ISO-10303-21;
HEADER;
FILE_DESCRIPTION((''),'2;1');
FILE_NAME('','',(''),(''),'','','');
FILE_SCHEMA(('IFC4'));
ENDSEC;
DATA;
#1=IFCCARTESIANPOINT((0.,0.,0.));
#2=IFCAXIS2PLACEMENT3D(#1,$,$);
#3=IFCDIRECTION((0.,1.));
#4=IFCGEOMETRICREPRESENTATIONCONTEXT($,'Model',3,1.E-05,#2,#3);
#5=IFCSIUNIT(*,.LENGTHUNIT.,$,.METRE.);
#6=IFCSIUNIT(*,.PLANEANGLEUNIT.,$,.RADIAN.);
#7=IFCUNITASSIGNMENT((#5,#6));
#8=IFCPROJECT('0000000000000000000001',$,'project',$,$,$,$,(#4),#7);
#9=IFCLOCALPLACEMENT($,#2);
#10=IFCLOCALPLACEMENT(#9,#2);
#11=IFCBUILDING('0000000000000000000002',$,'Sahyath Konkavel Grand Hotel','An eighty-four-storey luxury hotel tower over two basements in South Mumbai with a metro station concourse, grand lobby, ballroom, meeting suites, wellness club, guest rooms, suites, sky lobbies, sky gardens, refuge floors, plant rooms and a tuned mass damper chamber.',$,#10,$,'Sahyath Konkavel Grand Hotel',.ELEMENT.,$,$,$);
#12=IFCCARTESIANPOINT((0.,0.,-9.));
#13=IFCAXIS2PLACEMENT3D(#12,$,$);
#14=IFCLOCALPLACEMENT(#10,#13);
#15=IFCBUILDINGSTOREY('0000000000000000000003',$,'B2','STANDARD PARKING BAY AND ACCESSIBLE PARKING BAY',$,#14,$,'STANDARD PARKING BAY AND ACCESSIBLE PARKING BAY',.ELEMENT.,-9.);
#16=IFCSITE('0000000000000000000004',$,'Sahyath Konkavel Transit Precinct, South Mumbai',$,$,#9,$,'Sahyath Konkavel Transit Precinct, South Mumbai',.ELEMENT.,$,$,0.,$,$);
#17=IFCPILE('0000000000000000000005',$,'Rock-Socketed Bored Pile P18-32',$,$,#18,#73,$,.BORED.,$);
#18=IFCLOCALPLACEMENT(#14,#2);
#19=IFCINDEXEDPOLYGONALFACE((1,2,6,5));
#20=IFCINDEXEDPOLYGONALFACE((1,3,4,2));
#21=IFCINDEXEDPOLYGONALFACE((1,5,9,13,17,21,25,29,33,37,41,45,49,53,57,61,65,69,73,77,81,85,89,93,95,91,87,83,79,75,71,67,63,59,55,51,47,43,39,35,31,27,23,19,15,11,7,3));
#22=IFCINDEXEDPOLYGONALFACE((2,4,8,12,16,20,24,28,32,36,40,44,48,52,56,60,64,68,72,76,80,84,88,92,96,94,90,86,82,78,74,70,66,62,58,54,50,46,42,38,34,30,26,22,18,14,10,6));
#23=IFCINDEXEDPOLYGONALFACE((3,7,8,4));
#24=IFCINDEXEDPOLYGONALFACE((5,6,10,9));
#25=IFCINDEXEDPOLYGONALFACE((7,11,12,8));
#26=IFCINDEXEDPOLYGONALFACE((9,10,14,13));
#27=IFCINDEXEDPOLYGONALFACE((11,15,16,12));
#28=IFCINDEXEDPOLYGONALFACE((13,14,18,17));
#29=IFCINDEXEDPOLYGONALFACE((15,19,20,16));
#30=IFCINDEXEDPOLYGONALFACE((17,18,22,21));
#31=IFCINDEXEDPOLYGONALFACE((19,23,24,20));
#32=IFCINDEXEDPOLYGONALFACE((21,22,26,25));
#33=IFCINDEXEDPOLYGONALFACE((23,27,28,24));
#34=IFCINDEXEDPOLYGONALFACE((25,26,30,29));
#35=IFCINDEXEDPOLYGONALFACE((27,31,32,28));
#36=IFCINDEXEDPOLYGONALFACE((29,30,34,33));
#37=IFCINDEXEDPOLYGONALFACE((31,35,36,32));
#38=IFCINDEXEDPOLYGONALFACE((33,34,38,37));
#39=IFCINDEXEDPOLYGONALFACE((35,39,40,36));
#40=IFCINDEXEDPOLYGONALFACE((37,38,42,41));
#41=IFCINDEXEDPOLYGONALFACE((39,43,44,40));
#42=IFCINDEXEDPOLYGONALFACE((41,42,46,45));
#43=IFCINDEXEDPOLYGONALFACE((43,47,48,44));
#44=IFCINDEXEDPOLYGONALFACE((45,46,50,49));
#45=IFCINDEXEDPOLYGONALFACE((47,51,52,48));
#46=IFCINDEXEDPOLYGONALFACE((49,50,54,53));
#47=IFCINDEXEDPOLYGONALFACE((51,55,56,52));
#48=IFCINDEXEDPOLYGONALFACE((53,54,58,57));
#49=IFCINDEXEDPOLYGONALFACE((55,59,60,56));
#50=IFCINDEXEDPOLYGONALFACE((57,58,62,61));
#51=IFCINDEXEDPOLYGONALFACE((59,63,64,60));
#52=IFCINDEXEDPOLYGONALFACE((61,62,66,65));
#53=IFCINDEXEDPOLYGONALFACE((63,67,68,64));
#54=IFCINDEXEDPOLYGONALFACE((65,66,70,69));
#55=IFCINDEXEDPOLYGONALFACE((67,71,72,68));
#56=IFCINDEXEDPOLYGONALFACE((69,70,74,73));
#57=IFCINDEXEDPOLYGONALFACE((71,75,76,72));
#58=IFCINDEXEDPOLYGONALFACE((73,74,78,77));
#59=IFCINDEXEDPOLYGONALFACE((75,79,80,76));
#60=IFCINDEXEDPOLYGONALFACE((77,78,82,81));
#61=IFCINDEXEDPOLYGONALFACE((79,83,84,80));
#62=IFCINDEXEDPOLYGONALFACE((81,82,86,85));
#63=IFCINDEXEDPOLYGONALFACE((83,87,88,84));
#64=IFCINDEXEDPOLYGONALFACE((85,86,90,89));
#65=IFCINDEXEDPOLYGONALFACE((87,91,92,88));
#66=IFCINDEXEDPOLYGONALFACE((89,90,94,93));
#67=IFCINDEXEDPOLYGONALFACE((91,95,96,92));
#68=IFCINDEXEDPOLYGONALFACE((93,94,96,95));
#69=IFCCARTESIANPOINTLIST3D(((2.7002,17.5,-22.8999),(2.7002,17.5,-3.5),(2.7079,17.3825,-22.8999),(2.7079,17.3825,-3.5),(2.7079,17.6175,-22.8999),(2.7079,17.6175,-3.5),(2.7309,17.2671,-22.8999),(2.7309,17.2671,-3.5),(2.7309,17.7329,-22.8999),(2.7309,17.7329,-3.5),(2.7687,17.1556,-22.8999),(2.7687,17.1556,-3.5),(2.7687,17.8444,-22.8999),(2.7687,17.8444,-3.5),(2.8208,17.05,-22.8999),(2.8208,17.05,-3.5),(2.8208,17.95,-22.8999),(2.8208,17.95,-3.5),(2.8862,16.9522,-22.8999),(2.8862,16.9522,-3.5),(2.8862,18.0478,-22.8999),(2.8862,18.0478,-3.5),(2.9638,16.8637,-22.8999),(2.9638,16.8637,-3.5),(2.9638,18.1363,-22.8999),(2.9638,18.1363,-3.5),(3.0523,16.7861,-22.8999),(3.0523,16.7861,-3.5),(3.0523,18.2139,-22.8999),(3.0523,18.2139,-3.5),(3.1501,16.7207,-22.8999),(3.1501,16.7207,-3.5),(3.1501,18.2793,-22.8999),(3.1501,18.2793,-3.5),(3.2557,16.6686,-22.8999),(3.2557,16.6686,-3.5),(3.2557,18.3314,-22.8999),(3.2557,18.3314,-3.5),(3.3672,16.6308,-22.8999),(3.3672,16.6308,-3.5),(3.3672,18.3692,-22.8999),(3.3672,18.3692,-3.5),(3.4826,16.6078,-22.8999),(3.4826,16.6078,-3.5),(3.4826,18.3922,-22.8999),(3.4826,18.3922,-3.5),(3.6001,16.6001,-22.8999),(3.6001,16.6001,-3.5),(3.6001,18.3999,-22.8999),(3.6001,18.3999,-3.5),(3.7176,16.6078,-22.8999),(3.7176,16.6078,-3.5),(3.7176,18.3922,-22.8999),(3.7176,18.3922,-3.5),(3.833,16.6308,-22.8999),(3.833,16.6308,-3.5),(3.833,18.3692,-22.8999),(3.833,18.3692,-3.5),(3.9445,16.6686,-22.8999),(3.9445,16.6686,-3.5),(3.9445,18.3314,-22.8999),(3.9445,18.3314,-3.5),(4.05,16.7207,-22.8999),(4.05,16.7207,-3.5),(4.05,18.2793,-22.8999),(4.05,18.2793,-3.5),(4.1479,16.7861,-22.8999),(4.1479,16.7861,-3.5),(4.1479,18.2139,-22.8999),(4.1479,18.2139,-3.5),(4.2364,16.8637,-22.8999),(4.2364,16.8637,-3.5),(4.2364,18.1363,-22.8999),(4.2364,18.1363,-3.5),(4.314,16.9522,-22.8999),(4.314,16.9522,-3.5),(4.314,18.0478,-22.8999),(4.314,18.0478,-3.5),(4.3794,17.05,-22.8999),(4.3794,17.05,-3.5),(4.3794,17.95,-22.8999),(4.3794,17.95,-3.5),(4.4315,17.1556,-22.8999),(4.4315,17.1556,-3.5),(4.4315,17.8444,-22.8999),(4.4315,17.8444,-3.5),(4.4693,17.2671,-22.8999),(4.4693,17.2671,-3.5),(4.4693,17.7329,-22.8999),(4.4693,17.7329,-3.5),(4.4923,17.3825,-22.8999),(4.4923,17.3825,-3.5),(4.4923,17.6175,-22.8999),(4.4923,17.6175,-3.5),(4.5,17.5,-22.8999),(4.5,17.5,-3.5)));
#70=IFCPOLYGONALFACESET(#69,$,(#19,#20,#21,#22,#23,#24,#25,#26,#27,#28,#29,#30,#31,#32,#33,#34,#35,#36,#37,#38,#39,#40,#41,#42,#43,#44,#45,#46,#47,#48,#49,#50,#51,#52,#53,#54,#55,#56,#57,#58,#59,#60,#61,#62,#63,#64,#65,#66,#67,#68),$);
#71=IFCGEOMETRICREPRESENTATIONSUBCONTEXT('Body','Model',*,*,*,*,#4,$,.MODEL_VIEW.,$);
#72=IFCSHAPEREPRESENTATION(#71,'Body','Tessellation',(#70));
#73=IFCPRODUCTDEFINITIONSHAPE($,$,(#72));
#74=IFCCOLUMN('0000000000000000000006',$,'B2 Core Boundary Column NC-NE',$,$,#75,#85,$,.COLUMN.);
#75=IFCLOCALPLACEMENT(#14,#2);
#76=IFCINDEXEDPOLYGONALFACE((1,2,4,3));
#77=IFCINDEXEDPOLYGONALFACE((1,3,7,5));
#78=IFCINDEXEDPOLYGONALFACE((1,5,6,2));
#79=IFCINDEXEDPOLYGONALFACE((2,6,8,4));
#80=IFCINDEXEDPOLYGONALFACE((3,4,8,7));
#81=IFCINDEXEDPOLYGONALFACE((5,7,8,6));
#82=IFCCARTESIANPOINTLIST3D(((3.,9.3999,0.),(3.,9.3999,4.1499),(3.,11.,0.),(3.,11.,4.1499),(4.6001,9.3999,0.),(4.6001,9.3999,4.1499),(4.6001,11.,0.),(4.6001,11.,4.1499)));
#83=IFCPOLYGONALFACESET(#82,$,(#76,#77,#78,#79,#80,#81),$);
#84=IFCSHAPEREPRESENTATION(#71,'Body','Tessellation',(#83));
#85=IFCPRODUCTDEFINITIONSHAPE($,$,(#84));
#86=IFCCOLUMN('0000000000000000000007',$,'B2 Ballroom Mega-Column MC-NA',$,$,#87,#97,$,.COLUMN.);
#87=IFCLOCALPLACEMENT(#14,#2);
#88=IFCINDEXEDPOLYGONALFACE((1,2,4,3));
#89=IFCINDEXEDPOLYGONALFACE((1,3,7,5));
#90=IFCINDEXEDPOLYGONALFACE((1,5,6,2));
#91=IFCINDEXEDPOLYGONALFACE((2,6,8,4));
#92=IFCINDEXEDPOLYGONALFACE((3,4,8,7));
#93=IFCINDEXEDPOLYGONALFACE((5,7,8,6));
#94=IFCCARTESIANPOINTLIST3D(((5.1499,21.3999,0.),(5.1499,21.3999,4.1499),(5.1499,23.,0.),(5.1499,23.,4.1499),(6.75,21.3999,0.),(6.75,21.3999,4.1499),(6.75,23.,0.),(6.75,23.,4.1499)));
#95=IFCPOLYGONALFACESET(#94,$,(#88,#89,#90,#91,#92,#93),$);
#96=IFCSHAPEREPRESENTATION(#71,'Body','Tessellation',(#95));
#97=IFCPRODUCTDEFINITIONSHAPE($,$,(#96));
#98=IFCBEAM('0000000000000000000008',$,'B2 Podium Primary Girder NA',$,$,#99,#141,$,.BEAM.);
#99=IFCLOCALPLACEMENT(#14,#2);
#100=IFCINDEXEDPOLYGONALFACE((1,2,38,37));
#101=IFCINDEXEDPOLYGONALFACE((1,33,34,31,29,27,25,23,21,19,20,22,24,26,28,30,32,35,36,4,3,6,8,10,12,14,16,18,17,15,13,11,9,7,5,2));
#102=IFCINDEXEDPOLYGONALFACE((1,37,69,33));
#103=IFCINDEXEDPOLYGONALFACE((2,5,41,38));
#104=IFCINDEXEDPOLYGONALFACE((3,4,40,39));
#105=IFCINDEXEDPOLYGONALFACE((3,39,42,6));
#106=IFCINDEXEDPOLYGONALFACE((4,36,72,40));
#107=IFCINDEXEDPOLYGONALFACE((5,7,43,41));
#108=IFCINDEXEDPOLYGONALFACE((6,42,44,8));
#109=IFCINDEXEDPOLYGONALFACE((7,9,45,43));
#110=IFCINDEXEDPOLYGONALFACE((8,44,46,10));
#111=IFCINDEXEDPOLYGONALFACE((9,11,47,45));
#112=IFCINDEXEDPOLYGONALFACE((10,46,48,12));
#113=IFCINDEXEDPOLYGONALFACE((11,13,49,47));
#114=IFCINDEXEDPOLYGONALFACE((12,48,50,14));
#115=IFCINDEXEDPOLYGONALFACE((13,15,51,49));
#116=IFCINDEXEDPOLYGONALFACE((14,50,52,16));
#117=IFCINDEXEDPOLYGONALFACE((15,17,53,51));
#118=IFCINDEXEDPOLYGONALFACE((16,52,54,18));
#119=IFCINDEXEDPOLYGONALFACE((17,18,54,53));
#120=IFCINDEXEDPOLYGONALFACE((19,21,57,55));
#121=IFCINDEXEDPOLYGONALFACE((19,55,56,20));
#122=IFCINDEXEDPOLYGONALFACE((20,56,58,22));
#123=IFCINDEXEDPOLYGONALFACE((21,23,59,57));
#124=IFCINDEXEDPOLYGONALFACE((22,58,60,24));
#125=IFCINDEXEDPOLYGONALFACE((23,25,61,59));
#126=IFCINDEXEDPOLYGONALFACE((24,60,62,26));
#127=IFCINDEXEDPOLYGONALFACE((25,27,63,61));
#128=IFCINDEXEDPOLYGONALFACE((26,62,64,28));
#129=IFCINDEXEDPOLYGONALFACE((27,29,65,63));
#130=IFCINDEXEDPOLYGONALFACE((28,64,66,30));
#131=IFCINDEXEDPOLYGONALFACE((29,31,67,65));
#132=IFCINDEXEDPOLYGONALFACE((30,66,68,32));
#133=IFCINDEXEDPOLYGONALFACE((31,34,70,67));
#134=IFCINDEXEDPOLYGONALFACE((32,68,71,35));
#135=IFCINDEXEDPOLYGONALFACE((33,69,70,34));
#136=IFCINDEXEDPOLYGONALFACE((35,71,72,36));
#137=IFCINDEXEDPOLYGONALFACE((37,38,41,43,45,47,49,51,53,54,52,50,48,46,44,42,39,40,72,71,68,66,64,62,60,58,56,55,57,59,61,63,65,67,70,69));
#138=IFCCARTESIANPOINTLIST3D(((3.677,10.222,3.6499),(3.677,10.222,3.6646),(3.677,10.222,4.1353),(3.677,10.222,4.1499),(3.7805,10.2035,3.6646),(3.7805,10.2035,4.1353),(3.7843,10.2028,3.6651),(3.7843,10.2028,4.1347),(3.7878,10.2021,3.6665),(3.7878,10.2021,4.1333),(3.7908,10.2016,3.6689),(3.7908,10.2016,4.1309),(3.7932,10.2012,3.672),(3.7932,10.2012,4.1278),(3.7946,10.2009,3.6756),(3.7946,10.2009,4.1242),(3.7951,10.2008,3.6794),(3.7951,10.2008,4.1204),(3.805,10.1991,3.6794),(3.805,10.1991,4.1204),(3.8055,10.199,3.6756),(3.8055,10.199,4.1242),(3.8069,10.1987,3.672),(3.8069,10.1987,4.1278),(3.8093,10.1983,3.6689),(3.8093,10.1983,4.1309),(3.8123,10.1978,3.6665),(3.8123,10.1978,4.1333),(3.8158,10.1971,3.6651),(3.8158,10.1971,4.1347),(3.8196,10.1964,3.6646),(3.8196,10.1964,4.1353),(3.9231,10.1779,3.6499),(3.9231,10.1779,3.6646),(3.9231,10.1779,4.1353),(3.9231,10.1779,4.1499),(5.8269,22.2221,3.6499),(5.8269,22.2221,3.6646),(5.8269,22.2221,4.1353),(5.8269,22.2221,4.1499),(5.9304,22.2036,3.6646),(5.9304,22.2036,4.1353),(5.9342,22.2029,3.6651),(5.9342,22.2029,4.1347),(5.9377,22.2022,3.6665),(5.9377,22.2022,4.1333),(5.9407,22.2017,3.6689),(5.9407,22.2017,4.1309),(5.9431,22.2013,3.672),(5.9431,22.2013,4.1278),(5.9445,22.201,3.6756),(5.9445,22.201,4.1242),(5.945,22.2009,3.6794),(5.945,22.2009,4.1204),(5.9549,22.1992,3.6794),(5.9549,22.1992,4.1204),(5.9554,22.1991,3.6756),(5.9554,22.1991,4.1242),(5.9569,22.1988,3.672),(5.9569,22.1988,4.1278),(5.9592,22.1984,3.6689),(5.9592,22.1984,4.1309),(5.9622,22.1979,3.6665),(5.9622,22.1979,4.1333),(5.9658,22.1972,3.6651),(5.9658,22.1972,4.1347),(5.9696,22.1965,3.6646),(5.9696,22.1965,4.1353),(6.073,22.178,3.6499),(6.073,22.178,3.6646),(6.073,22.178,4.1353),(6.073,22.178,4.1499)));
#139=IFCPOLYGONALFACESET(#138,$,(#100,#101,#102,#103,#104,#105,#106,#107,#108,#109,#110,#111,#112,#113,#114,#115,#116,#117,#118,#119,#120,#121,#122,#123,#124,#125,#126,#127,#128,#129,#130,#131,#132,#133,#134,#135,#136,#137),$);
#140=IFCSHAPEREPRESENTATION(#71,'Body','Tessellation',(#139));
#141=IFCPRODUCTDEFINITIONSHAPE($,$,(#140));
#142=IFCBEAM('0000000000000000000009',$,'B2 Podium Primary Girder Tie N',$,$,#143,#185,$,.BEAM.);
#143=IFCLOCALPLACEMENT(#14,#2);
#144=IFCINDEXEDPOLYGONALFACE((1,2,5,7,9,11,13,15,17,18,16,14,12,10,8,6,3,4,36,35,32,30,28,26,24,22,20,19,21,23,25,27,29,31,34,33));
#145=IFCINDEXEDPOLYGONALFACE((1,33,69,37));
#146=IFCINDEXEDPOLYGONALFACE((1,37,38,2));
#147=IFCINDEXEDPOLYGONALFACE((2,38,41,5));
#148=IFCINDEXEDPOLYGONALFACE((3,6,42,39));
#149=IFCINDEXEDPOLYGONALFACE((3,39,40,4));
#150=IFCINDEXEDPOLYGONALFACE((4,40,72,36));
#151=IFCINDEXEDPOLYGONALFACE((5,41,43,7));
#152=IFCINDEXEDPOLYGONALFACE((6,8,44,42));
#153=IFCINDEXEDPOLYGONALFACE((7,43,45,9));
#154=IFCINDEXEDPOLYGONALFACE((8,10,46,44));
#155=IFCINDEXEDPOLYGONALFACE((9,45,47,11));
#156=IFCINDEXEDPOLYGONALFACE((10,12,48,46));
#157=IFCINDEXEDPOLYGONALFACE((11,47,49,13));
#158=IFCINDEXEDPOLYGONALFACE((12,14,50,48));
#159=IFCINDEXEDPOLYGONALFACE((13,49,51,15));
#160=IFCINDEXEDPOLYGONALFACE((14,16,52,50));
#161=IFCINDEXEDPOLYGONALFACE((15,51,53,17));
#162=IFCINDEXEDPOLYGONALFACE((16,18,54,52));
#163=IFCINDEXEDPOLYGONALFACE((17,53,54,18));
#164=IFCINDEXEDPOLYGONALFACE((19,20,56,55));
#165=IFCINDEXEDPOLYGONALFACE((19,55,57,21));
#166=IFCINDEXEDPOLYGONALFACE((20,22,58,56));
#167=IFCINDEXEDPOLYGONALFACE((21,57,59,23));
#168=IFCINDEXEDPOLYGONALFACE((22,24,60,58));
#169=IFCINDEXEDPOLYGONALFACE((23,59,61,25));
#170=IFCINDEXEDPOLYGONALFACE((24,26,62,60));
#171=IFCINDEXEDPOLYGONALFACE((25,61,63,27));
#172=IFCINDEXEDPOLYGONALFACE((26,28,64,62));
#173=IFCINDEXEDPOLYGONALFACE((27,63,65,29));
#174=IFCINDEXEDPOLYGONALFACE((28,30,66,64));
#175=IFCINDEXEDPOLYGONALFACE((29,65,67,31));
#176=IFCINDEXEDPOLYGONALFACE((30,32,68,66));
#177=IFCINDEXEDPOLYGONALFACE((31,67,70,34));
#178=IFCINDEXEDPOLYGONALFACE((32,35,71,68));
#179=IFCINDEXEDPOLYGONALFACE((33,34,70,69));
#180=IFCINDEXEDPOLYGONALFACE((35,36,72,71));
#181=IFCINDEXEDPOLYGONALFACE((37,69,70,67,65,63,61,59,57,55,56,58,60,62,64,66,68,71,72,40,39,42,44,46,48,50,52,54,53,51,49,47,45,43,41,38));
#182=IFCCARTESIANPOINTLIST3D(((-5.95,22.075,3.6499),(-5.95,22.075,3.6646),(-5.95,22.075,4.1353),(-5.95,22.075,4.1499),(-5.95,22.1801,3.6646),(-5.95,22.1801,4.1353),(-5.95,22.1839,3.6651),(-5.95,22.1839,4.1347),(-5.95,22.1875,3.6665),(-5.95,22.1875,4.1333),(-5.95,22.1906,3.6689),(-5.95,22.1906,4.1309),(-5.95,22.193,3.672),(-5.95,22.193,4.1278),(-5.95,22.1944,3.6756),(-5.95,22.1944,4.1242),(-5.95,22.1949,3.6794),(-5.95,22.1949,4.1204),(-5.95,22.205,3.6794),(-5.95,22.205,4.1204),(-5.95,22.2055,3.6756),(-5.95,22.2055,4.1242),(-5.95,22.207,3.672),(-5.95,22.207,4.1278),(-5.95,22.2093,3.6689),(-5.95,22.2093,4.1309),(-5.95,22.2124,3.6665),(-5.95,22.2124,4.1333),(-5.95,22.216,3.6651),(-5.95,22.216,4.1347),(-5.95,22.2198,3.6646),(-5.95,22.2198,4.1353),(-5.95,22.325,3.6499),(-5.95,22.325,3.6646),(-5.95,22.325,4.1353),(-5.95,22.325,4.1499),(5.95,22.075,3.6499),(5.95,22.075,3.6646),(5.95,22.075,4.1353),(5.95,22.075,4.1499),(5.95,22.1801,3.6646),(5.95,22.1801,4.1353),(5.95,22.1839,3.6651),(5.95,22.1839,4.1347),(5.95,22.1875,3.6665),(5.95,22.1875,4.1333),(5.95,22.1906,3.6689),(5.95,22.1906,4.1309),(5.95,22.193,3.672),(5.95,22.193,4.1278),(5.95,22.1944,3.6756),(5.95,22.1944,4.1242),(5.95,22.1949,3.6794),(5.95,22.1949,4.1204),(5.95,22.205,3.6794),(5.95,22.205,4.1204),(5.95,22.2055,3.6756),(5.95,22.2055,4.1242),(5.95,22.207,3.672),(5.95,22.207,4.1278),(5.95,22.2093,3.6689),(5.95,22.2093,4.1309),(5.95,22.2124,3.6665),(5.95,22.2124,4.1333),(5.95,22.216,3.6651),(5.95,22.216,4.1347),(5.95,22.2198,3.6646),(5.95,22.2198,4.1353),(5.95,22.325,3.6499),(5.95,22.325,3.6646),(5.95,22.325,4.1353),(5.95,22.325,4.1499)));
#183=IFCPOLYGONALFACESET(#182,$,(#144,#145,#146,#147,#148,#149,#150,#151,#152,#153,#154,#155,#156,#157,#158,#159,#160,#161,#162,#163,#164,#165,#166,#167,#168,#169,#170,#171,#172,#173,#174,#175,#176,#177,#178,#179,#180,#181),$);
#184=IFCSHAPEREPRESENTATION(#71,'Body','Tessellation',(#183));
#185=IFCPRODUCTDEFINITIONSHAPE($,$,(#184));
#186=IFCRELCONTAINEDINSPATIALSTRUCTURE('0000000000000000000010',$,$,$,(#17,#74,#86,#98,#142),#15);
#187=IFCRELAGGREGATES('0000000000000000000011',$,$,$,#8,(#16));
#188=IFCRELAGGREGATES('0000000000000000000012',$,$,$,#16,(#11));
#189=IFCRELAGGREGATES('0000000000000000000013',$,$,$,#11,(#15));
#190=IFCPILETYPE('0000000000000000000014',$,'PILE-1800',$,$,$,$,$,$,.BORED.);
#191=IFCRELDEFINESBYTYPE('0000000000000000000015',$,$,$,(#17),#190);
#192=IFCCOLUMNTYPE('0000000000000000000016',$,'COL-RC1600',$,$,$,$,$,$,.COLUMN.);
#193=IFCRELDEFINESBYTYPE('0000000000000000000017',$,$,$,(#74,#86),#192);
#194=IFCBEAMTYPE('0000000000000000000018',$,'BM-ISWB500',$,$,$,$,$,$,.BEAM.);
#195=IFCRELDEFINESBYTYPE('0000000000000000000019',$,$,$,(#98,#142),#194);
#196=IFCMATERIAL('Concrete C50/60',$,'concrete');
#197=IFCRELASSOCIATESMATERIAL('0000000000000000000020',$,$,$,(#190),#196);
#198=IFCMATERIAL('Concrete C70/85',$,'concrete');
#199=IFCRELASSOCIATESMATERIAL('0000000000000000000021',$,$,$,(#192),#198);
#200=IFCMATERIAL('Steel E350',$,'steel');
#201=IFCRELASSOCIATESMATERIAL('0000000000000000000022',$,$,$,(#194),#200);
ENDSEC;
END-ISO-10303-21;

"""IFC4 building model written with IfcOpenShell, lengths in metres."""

from ifc_helpers import new_model, si_unit, direction, frame, origin, origin_2d, place, context, subcontext, project, spatial, rectangle, circle, i_section, extrude, source, transform, mapped, material, material_profile, profile_set, type_object, element, save


model = new_model("IFC4")

# Units and contexts
model_context = context("Model", 3, precision=1e-05, world=origin(), true_north=direction((0.0, 1.0)))
body_context = subcontext(model_context, "Body", "Model", "MODEL_VIEW")
ifc_project = project(units=[si_unit("LENGTHUNIT", "METRE"), si_unit("PLANEANGLEUNIT", "RADIAN")], contexts=[model_context])

# Site, building, storey
site_placement = place(None, origin())
site = spatial("IfcSite", under=ifc_project, at=site_placement, Name="Sahyath Konkavel Transit Precinct, South Mumbai", LongName="Sahyath Konkavel Transit Precinct, South Mumbai", CompositionType="ELEMENT", RefElevation=0.0)
building_placement = place(site_placement, origin())
building = spatial("IfcBuilding", under=site, at=building_placement, Name="Sahyath Konkavel Grand Hotel", Description="An eighty-four-storey luxury hotel tower over two basements in South Mumbai with a metro station concourse, grand lobby, ballroom, meeting suites, wellness club, guest rooms, suites, sky lobbies, sky gardens, refuge floors, plant rooms and a tuned mass damper chamber.", LongName="Sahyath Konkavel Grand Hotel", CompositionType="ELEMENT")
storey_placement = place(building_placement, frame((0.0, 0.0, -9.0)))
storey = spatial("IfcBuildingStorey", under=building, at=storey_placement, Name="B2", Description="STANDARD PARKING BAY AND ACCESSIBLE PARKING BAY", LongName="STANDARD PARKING BAY AND ACCESSIBLE PARKING BAY", CompositionType="ELEMENT", Elevation=-9.0)

# Pile
ifc_material_1 = material(Name="Concrete C50/60", Category="concrete")
ifc_material_profile_1 = material_profile(ifc_material_1, circle(Radius=0.8999, at=origin_2d()), Name="PILE D1800")
ifc_profile_set_1 = profile_set([ifc_material_profile_1], Name="Concrete C50/60")
pile_type_1 = type_object("IfcPileType", Name="PILE-1800", PredefinedType="BORED", material=ifc_profile_set_1)
for number, where, z_axis, x_axis, name in (
    (1, (3.6001, 17.5, -3.5), (0.0, 0.0, -1.0), (1.0, 0.0, 0.0), "Rock-Socketed Bored Pile P18-32"),
):
    element("IfcPile", number, at=place(storey_placement, frame(where, z_axis=z_axis, x_axis=x_axis)), inside=storey, type_object=pile_type_1, Name=name, PredefinedType="BORED", context=body_context, shape_type="SweptSolid", body=[
        extrude(circle(Radius=0.8999, at=origin_2d()), origin(), (0.0, 0.0, 1.0), 19.3999),
    ])

# Columns
ifc_material_2 = material(Name="Concrete C70/85", Category="concrete")
ifc_material_profile_2 = material_profile(ifc_material_2, rectangle(XDim=1.6001, YDim=1.6001, at=origin_2d()), Name="RC 1600x1600")
ifc_profile_set_2 = profile_set([ifc_material_profile_2], Name="Concrete C70/85")
column_type = type_object("IfcColumnType", Name="COL-RC1600", PredefinedType="COLUMN", material=ifc_profile_set_2)
shared_shape_1 = source(origin(), body_context, "Body", "SweptSolid", [
    extrude(rectangle(XDim=1.6001, YDim=1.6001, at=origin_2d()), origin(), (0.0, 0.0, 1.0), 4.1499),
])
for number, where, z_axis, x_axis, name in (
    (2, (3.8, 10.2, 0.0), (0.0, 0.0, 1.0), (1.0, 0.0, 0.0), "B2 Core Boundary Column NC-NE"),
    (3, (5.95, 22.2, 0.0), (0.0, 0.0, 1.0), (1.0, 0.0, 0.0), "B2 Ballroom Mega-Column MC-NA"),
):
    element("IfcColumn", number, at=place(storey_placement, frame(where, z_axis=z_axis, x_axis=x_axis)), inside=storey, type_object=column_type, Name=name, PredefinedType="COLUMN", context=body_context, shape_type="MappedRepresentation", body=[
        mapped(shared_shape_1, transform((0.0, 0.0, 0.0), scale=1.0)),
    ])

# Beams
ifc_material_3 = material(Name="Steel E350", Category="steel")
ifc_material_profile_3 = material_profile(ifc_material_3, i_section(OverallWidth=0.25, OverallDepth=0.5, WebThickness=0.01, FlangeThickness=0.0146, FilletRadius=0.0149, at=origin_2d()), Name="ISWB 500")
ifc_profile_set_3 = profile_set([ifc_material_profile_3], Name="Steel E350")
beam_type_1 = type_object("IfcBeamType", Name="BM-ISWB500", PredefinedType="BEAM", material=ifc_profile_set_3)
shared_shape_2 = source(origin(), body_context, "Body", "SweptSolid", [
    extrude(i_section(OverallWidth=0.25, OverallDepth=0.5, WebThickness=0.01, FlangeThickness=0.0146, FilletRadius=0.0149, at=origin_2d()), origin(), (0.0, 0.0, 1.0), 12.1912),
])
beam_1_placement = place(storey_placement, frame((3.8, 10.2, 3.8999), z_axis=(0.176351, 0.984327, 0.0), x_axis=(-0.984327, 0.176351, 0.0)))
element("IfcBeam", 4, at=beam_1_placement, inside=storey, type_object=beam_type_1, Name="B2 Podium Primary Girder NA", PredefinedType="BEAM", context=body_context, shape_type="MappedRepresentation", body=[
    mapped(shared_shape_2, transform((0.0, 0.0, 0.0), scale=1.0)),
])
shared_shape_3 = source(origin(), body_context, "Body", "SweptSolid", [
    extrude(i_section(OverallWidth=0.25, OverallDepth=0.5, WebThickness=0.01, FlangeThickness=0.0146, FilletRadius=0.0149, at=origin_2d()), origin(), (0.0, 0.0, 1.0), 11.8999),
])
beam_2_placement = place(storey_placement, frame((5.95, 22.2, 3.8999), z_axis=(-1.0, 0.0, 0.0), x_axis=(0.0, -1.0, 0.0)))
element("IfcBeam", 5, at=beam_2_placement, inside=storey, type_object=beam_type_1, Name="B2 Podium Primary Girder Tie N", PredefinedType="BEAM", context=body_context, shape_type="MappedRepresentation", body=[
    mapped(shared_shape_3, transform((0.0, 0.0, 0.0), scale=1.0)),
])

save(model, "model.ifc")
